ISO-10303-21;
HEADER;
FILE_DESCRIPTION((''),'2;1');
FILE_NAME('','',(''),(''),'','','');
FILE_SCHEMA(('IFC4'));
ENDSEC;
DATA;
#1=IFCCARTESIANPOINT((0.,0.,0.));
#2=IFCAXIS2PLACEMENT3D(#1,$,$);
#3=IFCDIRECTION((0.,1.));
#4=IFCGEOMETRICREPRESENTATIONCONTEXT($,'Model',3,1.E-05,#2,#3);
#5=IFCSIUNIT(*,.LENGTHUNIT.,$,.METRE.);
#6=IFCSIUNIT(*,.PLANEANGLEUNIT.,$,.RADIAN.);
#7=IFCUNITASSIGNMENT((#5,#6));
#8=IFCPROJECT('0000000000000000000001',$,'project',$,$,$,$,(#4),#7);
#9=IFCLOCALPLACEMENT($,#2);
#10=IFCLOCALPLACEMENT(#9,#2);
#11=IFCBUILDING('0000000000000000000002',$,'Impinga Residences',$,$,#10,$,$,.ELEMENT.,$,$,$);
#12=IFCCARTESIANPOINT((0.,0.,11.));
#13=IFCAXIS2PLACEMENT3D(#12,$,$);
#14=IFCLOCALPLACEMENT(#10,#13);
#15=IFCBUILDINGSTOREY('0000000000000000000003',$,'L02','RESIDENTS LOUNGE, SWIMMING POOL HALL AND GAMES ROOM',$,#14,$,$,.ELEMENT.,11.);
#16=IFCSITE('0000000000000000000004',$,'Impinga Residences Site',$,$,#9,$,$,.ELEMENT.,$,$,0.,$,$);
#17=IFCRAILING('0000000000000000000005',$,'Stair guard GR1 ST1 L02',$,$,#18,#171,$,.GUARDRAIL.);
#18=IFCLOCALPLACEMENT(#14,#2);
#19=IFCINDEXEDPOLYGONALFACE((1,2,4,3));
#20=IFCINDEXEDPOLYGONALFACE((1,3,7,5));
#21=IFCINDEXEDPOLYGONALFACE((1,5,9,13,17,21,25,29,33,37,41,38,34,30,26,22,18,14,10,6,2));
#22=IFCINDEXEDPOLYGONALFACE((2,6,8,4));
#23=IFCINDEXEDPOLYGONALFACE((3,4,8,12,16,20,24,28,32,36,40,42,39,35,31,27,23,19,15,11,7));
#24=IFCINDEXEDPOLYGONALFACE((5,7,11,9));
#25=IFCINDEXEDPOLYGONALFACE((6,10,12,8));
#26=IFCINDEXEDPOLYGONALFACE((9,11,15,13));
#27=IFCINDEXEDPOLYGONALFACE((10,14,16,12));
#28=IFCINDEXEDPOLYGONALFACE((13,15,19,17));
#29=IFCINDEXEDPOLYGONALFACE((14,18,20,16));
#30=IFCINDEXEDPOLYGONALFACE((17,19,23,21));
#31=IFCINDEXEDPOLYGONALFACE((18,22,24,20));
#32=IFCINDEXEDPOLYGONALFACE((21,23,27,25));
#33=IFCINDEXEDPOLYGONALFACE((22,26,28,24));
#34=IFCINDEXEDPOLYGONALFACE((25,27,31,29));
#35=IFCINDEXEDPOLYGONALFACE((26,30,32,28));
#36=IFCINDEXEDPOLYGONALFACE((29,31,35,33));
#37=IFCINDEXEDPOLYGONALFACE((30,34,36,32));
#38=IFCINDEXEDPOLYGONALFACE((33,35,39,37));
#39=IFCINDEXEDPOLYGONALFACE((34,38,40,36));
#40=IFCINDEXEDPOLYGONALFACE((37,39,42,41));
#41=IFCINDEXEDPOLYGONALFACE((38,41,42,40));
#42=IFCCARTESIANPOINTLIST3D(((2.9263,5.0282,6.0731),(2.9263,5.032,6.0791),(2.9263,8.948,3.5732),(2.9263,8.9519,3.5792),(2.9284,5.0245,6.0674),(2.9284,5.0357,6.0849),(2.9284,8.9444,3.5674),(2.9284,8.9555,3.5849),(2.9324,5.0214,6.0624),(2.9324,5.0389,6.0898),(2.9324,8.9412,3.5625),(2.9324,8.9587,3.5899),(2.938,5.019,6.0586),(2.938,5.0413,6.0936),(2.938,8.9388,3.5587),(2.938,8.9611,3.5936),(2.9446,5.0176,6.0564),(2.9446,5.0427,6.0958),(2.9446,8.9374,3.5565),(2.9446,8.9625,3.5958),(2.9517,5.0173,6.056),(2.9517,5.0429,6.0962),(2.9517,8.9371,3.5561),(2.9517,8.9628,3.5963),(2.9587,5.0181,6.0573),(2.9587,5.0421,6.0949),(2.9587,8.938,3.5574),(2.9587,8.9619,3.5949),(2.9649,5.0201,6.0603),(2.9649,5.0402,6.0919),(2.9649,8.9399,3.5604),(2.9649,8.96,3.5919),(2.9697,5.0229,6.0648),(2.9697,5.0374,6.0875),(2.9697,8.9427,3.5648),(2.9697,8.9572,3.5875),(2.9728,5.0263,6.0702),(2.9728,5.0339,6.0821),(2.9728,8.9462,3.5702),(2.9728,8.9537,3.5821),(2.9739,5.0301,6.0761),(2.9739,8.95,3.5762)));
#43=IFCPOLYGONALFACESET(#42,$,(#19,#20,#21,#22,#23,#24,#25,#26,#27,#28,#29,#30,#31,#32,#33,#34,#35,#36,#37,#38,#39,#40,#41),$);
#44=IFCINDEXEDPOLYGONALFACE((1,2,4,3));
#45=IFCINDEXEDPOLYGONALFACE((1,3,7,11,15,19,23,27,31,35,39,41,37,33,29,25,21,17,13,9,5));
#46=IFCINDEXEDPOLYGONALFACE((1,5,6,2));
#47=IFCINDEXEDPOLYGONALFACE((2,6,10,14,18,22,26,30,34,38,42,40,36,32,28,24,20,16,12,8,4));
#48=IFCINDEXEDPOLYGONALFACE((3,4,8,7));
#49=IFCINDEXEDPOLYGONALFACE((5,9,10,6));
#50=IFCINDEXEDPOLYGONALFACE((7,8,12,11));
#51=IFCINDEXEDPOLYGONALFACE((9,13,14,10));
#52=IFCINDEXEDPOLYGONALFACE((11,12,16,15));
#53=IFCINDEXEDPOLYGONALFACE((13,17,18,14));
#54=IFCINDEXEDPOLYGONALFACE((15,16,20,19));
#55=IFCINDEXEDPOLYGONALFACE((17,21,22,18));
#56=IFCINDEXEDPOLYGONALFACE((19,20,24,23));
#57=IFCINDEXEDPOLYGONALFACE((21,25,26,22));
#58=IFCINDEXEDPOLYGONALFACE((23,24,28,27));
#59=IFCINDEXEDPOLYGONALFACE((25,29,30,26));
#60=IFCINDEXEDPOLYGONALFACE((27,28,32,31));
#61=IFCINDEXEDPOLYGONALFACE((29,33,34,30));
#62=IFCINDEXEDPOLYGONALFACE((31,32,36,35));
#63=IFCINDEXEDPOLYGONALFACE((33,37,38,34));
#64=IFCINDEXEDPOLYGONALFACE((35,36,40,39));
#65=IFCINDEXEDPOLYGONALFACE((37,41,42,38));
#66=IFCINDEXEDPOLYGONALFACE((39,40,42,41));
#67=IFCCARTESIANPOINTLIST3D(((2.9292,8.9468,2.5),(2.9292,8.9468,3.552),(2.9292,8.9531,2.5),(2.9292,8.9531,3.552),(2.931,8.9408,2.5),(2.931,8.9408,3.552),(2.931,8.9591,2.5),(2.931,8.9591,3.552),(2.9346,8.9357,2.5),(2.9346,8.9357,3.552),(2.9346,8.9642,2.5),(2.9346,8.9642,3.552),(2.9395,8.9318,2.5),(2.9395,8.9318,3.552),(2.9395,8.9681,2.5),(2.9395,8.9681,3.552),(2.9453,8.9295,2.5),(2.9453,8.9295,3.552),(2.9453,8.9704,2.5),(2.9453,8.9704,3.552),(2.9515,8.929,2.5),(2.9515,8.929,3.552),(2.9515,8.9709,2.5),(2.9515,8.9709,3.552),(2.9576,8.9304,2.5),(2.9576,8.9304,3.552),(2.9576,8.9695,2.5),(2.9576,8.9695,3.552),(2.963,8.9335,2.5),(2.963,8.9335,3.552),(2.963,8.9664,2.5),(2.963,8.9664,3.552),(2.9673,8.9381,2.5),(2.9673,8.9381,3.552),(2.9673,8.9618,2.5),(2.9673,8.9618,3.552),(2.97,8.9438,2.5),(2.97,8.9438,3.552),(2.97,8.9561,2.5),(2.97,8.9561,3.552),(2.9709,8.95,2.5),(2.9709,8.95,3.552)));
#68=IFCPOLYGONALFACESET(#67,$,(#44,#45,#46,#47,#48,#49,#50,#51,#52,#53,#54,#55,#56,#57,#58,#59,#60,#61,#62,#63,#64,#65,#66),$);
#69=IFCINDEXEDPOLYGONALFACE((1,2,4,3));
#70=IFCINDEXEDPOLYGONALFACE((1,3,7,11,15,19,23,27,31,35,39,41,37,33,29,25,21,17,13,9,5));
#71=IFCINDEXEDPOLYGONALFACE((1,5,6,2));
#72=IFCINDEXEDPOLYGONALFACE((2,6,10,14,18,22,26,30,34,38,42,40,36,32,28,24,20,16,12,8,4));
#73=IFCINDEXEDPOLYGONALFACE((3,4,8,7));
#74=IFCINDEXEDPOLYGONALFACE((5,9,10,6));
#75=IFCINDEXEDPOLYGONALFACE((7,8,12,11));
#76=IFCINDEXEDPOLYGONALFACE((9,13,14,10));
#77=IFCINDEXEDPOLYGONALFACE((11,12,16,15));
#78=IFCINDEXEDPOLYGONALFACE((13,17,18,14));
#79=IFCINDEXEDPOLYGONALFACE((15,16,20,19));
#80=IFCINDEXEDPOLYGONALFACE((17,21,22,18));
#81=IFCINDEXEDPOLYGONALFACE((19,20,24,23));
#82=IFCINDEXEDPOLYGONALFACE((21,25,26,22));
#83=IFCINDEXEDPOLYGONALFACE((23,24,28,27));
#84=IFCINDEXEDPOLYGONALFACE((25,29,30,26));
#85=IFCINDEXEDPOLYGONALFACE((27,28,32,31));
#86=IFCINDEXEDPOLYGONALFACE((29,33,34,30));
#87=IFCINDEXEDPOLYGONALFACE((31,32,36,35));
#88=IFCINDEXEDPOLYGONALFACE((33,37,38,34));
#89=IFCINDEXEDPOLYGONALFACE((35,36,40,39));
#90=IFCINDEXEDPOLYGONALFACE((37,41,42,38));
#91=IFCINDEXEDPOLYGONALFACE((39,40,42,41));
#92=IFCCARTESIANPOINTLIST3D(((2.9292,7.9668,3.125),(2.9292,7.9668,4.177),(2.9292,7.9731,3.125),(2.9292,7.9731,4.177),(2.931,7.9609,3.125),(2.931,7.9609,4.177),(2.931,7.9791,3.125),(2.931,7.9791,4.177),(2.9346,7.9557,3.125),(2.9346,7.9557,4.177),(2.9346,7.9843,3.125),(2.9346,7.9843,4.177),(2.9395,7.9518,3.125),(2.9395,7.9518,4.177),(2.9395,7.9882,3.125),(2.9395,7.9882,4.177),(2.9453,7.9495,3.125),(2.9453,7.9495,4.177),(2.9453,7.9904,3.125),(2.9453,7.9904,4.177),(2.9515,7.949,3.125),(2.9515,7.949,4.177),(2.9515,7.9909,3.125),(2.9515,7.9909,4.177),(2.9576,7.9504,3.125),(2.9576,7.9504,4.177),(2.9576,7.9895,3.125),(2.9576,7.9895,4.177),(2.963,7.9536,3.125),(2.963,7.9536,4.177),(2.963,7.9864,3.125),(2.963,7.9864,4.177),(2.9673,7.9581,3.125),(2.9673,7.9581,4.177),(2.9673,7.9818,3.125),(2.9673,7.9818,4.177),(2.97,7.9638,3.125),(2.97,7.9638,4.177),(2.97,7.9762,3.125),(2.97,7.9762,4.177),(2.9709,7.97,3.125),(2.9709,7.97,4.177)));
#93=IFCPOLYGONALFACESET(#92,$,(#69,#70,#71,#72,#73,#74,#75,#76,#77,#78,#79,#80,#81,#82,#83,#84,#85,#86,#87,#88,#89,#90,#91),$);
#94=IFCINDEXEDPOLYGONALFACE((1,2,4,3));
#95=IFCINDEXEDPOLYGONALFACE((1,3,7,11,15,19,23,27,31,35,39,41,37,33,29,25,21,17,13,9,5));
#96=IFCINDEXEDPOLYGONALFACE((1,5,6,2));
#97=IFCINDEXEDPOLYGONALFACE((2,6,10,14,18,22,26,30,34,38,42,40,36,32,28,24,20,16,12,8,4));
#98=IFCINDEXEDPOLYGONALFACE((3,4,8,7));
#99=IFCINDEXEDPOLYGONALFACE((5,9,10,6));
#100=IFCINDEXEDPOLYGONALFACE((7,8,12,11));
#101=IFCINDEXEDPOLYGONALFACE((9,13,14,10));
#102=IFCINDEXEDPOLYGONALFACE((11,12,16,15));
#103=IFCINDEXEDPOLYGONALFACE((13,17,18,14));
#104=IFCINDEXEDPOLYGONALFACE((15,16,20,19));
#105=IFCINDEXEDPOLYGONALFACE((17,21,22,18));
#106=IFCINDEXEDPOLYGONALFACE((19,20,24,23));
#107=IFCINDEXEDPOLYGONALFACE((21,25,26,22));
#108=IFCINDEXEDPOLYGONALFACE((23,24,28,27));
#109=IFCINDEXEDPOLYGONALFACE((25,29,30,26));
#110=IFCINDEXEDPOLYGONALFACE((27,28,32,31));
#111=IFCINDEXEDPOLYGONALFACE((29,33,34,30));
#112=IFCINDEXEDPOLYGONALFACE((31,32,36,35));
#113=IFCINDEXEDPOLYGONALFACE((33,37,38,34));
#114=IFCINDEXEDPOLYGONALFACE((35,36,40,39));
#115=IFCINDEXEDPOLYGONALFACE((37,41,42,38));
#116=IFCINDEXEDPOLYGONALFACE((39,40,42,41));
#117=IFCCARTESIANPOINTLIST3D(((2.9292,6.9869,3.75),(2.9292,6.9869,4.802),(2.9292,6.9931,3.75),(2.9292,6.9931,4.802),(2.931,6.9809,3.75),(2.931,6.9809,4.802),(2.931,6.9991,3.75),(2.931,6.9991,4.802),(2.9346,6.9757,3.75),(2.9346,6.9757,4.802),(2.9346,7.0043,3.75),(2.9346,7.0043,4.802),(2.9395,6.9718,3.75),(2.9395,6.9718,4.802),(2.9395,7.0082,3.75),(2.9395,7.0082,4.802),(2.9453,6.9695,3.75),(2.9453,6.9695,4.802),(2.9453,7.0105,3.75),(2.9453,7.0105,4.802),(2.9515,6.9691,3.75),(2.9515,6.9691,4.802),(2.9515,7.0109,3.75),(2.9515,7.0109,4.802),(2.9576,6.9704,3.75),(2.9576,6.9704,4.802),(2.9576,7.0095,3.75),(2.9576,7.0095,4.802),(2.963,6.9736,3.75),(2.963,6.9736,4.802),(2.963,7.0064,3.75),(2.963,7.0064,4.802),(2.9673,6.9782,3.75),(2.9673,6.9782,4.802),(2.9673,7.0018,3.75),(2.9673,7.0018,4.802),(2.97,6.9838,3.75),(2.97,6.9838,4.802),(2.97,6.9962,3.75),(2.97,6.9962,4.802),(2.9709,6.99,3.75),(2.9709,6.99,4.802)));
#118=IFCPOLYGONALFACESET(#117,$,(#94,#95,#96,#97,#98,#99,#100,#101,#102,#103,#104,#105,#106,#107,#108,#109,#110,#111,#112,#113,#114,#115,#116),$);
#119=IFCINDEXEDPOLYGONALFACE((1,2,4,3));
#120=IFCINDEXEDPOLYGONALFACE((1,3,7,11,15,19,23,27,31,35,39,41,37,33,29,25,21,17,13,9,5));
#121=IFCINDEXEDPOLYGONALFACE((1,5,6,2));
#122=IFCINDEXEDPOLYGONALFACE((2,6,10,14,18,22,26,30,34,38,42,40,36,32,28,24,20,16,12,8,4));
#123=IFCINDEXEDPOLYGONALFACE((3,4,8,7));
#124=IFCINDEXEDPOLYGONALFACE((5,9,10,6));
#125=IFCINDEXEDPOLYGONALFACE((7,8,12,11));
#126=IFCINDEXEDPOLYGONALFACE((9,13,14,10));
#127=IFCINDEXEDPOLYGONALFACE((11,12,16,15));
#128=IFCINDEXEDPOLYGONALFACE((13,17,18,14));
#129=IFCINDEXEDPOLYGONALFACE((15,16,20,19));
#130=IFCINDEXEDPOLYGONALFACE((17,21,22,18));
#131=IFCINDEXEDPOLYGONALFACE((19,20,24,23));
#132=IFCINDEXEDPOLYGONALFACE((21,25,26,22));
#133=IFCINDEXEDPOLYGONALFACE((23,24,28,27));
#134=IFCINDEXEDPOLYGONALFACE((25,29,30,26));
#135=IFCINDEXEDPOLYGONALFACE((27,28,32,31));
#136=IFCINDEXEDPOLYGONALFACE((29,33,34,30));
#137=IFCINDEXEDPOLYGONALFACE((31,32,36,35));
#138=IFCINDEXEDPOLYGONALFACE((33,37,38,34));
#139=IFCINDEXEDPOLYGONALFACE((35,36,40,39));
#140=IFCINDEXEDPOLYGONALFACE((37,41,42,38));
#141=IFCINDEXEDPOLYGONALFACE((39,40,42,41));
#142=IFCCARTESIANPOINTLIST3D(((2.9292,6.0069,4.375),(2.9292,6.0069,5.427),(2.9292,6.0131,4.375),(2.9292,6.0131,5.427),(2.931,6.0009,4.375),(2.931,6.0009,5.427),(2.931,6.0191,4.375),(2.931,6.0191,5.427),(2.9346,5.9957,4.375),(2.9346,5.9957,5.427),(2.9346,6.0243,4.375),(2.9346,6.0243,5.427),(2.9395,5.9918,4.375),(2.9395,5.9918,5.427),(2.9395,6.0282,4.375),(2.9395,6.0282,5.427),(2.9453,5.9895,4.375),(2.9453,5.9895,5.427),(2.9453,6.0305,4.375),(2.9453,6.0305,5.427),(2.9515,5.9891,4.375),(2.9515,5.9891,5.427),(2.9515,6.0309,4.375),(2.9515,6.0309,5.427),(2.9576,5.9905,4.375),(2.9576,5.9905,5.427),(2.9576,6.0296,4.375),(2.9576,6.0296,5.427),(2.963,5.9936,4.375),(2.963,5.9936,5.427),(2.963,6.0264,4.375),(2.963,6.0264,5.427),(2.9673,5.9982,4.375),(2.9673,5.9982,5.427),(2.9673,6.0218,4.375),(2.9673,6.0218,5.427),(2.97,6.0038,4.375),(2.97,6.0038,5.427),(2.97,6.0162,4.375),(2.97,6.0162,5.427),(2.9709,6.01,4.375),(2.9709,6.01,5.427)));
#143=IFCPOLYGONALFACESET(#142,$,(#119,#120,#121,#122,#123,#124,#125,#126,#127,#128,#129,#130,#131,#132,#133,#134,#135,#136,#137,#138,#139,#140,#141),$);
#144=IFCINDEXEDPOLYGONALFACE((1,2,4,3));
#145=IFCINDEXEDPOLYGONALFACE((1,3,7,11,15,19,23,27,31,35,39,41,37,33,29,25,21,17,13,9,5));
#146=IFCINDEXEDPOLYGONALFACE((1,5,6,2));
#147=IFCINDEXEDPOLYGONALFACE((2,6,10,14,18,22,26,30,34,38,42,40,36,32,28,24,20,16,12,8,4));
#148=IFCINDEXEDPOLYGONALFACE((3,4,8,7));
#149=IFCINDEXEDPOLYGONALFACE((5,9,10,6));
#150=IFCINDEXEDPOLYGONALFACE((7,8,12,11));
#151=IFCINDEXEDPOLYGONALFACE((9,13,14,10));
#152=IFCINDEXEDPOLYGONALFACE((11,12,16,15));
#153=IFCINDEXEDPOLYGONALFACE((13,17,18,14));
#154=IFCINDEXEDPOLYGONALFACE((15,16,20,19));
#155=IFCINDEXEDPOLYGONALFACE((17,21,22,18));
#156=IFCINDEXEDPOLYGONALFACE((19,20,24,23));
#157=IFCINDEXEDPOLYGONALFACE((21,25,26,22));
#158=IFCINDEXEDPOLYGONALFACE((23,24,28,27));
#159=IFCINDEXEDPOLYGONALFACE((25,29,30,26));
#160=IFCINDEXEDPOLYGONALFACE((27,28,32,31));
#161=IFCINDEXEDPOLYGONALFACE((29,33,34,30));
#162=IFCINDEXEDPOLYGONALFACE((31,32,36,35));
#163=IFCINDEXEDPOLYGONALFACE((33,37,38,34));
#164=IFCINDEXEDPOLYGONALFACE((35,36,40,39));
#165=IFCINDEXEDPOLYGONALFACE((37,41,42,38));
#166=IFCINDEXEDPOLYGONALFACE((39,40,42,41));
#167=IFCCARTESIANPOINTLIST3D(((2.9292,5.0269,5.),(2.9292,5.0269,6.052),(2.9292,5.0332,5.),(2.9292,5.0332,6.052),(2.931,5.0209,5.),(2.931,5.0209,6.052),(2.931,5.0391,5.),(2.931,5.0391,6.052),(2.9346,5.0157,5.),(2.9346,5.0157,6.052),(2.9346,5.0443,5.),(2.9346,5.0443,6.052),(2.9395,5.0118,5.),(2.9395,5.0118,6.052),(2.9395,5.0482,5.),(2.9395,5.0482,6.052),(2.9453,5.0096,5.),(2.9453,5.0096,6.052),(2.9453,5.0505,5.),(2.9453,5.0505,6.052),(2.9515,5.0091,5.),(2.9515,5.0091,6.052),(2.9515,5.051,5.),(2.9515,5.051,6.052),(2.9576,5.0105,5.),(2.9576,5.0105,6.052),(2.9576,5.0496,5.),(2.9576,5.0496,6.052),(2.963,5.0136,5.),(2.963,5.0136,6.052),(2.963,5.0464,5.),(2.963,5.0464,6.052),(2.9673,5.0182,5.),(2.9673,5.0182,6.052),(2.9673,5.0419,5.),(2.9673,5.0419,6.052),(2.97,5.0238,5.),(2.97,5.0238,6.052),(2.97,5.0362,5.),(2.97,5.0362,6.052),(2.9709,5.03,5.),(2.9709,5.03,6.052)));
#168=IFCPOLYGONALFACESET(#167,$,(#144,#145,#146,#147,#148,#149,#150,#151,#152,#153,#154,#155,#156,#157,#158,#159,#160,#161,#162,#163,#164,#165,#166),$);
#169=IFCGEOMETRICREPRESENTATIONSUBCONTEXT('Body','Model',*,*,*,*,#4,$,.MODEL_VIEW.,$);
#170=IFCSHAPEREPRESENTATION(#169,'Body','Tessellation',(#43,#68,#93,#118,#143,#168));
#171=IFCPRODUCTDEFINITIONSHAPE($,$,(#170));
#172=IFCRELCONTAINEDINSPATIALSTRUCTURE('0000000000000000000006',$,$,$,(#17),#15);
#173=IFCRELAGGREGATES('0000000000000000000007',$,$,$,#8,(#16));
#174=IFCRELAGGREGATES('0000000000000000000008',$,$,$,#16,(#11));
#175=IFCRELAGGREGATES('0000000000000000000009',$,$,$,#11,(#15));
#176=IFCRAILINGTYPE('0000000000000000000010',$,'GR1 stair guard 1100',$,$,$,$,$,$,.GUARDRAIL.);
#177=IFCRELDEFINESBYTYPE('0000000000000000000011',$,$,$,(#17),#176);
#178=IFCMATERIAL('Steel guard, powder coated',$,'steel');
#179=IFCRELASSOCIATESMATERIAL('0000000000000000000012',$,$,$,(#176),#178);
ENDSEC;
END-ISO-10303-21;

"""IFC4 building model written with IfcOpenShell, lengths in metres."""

from ifc_helpers import new_model, si_unit, direction, frame, origin, origin_2d, place, context, subcontext, project, spatial, circle, extrude, material, type_object, element, save


model = new_model("IFC4")

# Units and contexts
model_context = context("Model", 3, precision=1e-05, world=origin(), true_north=direction((0.0, 1.0)))
body_context = subcontext(model_context, "Body", "Model", "MODEL_VIEW")
ifc_project = project(units=[si_unit("LENGTHUNIT", "METRE"), si_unit("PLANEANGLEUNIT", "RADIAN")], contexts=[model_context])

# Site, building, storey
site_placement = place(None, origin())
site = spatial("IfcSite", under=ifc_project, at=site_placement, Name="Impinga Residences Site", CompositionType="ELEMENT", RefElevation=0.0)
building_placement = place(site_placement, origin())
building = spatial("IfcBuilding", under=site, at=building_placement, Name="Impinga Residences", CompositionType="ELEMENT")
storey_placement = place(building_placement, frame((0.0, 0.0, 11.0)))
storey = spatial("IfcBuildingStorey", under=building, at=storey_placement, Name="L02", Description="RESIDENTS LOUNGE, SWIMMING POOL HALL AND GAMES ROOM", CompositionType="ELEMENT", Elevation=11.0)

# Railing
ifc_material_1 = material(Name="Steel guard, powder coated", Category="steel")
railing_type_1 = type_object("IfcRailingType", Name="GR1 stair guard 1100", PredefinedType="GUARDRAIL", material=ifc_material_1)
railing_1_placement = place(storey_placement, frame((2.95, 8.95, 2.5)))
element("IfcRailing", 1, at=railing_1_placement, inside=storey, type_object=railing_type_1, Name="Stair guard GR1 ST1 L02", PredefinedType="GUARDRAIL", context=body_context, shape_type="SweptSolid", body=[
    extrude(circle(Radius=0.0239, at=origin_2d()), frame((0.0, 0.0, 1.0762), z_axis=(0.0, -0.843125, 0.537718), x_axis=(1.0, 0.0, 0.0)), (0.0, 0.0, 1.0), 4.6492),
    extrude(circle(Radius=0.021, at=origin_2d()), origin(), (0.0, 0.0, 1.0), 1.052),
    extrude(circle(Radius=0.021, at=origin_2d()), frame((0.0, -0.98, 0.625)), (0.0, 0.0, 1.0), 1.052),
    extrude(circle(Radius=0.021, at=origin_2d()), frame((0.0, -1.96, 1.25)), (0.0, 0.0, 1.0), 1.052),
    extrude(circle(Radius=0.021, at=origin_2d()), frame((0.0, -2.9399, 1.875)), (0.0, 0.0, 1.0), 1.052),
    extrude(circle(Radius=0.021, at=origin_2d()), frame((0.0, -3.9199, 2.5)), (0.0, 0.0, 1.0), 1.052),
])

save(model, "model.ifc")
